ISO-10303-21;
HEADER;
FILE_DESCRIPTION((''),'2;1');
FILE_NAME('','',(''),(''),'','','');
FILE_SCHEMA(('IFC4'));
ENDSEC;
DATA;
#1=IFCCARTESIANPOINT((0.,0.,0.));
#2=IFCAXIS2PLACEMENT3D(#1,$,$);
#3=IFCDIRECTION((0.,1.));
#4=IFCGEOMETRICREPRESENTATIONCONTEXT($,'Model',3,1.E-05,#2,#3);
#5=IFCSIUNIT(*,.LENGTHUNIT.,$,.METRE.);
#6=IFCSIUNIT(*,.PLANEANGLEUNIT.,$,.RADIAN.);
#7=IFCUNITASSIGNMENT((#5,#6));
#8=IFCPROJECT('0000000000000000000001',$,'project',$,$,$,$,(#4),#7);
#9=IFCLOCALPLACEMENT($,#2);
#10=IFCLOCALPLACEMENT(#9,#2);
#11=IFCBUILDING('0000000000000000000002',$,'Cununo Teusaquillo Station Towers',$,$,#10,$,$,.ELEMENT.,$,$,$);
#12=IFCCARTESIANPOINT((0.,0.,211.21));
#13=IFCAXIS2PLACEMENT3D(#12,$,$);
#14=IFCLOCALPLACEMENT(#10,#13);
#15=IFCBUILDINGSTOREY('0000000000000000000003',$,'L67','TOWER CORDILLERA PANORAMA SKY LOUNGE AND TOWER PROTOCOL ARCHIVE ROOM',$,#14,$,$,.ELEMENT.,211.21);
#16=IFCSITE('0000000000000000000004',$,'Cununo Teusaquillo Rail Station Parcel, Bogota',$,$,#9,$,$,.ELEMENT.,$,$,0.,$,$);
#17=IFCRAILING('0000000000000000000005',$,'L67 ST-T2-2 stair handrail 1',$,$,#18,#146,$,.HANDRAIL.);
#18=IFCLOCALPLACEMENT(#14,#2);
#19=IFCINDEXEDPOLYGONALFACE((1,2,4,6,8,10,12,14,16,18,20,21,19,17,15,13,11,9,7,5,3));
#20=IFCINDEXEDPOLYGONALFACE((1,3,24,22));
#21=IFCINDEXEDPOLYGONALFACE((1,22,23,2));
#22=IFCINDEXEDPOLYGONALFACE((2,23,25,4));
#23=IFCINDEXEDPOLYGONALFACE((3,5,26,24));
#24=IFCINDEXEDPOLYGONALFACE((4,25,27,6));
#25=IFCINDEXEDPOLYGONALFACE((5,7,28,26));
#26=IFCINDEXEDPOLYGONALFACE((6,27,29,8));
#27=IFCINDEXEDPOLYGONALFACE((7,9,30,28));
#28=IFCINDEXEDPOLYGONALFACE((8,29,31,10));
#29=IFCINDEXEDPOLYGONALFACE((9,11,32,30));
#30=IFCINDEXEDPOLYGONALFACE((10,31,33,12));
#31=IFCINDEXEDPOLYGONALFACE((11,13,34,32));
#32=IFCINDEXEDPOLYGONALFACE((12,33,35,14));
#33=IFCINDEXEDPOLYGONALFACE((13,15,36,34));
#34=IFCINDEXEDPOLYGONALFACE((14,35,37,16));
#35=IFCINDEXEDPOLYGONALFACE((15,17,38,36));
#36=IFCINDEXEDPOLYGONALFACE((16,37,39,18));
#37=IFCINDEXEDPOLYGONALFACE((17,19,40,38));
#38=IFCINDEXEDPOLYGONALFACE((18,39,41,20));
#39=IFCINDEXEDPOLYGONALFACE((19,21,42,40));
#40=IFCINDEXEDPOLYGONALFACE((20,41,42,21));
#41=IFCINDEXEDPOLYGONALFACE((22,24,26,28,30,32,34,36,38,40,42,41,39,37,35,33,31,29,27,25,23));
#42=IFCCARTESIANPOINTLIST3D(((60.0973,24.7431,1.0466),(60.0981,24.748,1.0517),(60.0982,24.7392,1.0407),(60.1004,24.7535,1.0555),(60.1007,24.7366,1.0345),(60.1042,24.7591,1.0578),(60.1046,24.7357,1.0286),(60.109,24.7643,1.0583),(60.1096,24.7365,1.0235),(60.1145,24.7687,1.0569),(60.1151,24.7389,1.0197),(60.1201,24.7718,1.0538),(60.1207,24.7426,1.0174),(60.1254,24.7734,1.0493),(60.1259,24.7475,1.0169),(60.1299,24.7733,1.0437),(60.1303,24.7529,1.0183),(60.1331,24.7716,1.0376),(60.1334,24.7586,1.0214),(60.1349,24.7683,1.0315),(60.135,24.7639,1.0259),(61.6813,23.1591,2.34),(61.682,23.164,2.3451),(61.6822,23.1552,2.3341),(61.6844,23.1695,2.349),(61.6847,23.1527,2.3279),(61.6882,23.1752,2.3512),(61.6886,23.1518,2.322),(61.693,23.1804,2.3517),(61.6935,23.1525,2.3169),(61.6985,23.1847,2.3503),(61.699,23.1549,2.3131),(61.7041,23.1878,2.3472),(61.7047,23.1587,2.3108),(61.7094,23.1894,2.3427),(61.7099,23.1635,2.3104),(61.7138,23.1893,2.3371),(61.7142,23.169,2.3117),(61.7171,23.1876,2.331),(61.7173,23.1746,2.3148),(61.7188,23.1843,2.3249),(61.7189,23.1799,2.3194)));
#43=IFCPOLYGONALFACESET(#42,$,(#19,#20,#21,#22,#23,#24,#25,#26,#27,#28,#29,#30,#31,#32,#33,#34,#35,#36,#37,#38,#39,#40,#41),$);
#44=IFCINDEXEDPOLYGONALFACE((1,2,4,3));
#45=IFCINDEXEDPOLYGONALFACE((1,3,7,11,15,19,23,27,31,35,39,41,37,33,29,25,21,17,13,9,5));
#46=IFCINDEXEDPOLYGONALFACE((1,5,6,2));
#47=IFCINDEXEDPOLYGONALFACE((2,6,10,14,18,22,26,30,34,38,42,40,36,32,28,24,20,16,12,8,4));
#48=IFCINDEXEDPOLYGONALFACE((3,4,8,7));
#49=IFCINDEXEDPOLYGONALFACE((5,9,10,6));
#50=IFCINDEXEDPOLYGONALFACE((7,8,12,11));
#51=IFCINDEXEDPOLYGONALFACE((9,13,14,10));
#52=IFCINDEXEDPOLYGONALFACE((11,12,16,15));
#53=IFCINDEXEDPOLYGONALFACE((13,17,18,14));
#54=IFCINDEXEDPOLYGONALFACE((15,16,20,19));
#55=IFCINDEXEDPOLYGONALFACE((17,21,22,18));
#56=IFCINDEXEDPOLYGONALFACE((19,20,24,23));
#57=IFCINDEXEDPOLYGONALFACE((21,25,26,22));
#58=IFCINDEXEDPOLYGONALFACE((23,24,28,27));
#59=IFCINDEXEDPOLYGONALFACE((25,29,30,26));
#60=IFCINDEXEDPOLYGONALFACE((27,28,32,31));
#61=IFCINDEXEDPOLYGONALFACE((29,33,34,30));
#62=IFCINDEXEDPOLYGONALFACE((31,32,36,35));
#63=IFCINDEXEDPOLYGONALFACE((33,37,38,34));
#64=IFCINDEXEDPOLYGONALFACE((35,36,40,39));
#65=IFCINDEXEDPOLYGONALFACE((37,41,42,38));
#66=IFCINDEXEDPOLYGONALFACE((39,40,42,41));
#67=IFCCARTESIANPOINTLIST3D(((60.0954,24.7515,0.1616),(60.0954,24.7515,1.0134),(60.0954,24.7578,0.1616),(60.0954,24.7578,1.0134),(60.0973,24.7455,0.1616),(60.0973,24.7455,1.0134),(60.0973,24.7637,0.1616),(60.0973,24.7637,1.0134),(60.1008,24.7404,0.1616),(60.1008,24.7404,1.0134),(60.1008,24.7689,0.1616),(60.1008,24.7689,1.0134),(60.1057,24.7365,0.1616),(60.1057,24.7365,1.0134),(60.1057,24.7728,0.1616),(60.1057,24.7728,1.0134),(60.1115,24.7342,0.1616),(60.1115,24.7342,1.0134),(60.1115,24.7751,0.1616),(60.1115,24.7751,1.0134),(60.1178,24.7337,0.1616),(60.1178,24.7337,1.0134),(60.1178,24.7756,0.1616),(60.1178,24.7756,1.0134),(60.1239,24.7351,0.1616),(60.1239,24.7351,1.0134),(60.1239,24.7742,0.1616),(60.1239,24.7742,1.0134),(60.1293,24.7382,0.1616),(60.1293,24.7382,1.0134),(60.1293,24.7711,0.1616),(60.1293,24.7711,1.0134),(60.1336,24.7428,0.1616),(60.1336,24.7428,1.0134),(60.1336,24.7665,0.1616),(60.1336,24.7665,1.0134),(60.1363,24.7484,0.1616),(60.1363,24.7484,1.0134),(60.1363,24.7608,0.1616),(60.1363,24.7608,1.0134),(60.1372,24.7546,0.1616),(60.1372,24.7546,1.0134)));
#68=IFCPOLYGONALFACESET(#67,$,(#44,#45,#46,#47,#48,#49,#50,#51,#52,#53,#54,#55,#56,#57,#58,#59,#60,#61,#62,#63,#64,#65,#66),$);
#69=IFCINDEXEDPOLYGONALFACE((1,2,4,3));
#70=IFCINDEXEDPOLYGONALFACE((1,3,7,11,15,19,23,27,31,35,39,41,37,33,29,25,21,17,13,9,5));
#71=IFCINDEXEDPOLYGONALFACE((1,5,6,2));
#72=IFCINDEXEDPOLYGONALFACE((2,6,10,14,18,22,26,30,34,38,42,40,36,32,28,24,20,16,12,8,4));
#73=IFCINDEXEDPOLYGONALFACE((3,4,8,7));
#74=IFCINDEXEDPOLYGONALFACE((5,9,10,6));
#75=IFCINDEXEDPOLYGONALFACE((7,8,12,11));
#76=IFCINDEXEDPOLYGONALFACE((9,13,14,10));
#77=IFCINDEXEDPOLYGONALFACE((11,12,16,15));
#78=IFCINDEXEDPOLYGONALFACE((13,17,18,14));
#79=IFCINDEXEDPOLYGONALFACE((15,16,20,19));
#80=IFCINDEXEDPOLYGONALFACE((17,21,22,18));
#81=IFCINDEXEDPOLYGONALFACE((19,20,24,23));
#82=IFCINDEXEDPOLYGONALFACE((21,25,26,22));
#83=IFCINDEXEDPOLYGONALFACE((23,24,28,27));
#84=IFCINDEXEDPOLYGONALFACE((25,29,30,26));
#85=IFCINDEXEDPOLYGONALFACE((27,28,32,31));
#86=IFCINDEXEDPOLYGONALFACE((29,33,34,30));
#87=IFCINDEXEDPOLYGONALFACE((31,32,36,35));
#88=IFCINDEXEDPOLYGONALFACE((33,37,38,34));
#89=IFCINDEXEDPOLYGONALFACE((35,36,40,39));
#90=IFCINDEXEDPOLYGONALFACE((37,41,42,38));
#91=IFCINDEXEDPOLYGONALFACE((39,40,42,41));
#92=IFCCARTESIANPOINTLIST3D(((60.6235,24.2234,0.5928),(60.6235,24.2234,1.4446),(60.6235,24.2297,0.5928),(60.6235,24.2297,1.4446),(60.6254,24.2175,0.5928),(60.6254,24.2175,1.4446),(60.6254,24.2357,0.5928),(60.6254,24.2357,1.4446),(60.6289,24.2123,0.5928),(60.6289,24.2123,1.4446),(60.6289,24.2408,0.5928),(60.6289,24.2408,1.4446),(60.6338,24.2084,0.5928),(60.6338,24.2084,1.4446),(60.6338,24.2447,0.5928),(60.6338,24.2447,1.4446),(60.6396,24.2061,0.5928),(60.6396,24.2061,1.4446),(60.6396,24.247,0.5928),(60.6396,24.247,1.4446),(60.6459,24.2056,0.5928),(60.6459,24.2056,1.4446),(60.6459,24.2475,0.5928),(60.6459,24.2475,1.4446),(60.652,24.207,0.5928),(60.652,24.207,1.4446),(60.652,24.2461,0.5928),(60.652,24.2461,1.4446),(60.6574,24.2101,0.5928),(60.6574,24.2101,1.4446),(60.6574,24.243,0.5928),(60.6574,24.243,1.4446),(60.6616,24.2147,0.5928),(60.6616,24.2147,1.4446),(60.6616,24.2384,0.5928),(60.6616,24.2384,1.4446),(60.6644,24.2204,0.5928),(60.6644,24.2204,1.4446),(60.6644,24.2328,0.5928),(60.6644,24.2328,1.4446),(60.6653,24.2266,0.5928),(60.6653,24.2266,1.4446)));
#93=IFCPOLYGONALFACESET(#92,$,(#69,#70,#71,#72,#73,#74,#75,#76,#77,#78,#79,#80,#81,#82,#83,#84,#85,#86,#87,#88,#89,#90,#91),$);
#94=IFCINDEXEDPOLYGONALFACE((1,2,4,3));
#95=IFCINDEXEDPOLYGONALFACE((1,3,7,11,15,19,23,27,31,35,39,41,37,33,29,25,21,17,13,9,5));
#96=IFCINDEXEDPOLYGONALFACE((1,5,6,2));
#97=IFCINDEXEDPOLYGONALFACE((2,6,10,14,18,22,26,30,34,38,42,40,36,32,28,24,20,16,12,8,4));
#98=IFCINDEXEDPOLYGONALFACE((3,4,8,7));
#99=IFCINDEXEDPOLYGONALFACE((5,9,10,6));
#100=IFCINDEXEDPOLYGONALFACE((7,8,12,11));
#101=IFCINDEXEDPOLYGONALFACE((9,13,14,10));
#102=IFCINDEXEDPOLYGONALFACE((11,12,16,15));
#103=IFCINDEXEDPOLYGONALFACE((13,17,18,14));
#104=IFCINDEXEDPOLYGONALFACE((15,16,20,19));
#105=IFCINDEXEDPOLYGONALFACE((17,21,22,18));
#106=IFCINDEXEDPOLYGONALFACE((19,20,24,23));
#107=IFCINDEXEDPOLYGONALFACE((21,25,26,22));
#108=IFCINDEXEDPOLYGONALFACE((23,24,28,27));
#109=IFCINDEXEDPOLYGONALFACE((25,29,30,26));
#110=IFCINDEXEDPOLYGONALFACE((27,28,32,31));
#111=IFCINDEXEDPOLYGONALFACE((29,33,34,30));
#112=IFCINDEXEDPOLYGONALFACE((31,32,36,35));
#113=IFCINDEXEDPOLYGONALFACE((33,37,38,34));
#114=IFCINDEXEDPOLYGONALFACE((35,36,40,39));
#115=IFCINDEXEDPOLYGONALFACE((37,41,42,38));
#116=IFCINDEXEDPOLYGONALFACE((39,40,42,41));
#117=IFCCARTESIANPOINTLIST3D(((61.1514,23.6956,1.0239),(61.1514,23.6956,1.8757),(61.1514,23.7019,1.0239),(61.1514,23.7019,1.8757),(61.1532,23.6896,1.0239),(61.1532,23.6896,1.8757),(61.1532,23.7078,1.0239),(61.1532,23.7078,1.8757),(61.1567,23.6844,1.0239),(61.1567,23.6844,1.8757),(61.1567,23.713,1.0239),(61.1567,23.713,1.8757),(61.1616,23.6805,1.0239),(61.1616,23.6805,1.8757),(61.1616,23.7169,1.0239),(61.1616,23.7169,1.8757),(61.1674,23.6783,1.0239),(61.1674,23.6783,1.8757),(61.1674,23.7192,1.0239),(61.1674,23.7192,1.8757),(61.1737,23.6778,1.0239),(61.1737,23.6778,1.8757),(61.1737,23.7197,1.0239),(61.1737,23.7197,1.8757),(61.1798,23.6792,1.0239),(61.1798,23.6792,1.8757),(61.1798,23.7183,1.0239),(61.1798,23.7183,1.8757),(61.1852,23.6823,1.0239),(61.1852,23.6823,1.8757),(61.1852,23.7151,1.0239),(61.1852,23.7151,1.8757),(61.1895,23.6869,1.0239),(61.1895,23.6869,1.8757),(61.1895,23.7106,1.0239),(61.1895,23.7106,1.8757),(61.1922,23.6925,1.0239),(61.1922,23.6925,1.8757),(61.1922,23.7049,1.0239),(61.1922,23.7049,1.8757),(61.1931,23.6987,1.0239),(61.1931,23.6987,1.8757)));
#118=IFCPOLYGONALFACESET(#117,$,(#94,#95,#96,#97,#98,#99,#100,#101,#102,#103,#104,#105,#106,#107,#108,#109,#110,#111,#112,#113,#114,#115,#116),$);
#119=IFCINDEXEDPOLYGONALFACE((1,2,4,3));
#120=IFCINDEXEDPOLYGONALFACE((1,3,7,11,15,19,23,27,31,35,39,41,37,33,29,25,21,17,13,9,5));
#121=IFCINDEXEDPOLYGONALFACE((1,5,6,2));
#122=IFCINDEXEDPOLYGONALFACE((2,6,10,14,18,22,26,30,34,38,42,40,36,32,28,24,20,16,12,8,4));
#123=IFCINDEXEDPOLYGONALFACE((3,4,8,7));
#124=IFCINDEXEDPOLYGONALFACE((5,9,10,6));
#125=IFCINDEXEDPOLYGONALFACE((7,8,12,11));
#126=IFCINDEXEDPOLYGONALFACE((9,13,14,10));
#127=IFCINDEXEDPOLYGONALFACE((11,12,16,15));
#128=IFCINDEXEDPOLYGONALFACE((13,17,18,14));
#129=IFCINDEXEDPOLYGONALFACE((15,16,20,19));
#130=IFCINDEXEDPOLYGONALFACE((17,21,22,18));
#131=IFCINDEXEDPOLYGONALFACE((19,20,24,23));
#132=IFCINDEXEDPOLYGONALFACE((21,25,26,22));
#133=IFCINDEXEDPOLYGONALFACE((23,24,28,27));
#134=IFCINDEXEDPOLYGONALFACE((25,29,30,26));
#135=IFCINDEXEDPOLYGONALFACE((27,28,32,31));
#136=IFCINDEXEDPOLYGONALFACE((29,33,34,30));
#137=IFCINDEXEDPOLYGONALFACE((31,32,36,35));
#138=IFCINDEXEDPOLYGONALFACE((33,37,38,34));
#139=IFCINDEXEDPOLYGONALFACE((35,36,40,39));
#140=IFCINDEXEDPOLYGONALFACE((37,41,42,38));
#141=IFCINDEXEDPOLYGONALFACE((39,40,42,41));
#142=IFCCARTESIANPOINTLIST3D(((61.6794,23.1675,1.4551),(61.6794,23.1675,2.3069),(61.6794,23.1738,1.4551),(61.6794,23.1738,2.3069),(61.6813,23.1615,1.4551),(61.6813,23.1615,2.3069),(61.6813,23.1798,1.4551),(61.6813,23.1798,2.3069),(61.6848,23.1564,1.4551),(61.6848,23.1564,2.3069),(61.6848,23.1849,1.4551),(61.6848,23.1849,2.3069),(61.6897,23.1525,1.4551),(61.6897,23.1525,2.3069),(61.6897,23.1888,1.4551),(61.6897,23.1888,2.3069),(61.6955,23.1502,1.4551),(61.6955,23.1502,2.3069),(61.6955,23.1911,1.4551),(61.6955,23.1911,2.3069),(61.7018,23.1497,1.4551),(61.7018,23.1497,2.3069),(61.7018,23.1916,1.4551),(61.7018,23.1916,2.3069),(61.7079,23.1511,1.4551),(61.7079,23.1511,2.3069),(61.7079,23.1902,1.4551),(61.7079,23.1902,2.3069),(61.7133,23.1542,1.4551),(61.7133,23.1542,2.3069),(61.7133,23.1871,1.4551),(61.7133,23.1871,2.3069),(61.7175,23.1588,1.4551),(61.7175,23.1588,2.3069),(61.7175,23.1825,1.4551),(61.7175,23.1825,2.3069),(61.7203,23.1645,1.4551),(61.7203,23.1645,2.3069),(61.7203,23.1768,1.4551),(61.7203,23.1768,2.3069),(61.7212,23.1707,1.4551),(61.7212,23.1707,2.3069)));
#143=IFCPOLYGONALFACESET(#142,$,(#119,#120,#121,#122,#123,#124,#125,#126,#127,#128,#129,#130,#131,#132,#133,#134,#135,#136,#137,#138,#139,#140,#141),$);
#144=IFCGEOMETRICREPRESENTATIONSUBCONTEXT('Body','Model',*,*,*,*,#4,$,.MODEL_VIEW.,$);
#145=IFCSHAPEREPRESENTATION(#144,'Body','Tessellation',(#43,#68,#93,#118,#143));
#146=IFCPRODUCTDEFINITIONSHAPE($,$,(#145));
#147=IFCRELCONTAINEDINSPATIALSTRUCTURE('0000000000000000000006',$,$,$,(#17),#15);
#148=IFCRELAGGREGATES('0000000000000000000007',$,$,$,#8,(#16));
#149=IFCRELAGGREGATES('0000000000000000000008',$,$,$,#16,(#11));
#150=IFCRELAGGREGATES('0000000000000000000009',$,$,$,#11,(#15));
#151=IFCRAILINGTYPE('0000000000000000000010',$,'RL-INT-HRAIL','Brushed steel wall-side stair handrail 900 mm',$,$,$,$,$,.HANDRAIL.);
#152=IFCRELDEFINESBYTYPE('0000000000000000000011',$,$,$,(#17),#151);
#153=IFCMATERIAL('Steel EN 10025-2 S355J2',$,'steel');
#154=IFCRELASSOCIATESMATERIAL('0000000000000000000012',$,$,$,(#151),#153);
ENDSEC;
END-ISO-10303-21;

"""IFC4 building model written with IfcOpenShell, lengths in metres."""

from ifc_helpers import new_model, si_unit, direction, frame, origin, origin_2d, place, context, subcontext, project, spatial, circle, extrude, material, type_object, element, save


model = new_model("IFC4")

# Units and contexts
model_context = context("Model", 3, precision=1e-05, world=origin(), true_north=direction((0.0, 1.0)))
body_context = subcontext(model_context, "Body", "Model", "MODEL_VIEW")
ifc_project = project(units=[si_unit("LENGTHUNIT", "METRE"), si_unit("PLANEANGLEUNIT", "RADIAN")], contexts=[model_context])

# Site, building, storey
site_placement = place(None, origin())
site = spatial("IfcSite", under=ifc_project, at=site_placement, Name="Cununo Teusaquillo Rail Station Parcel, Bogota", CompositionType="ELEMENT", RefElevation=0.0)
building_placement = place(site_placement, origin())
building = spatial("IfcBuilding", under=site, at=building_placement, Name="Cununo Teusaquillo Station Towers", CompositionType="ELEMENT")
storey_placement = place(building_placement, frame((0.0, 0.0, 211.21)))
storey = spatial("IfcBuildingStorey", under=building, at=storey_placement, Name="L67", Description="TOWER CORDILLERA PANORAMA SKY LOUNGE AND TOWER PROTOCOL ARCHIVE ROOM", CompositionType="ELEMENT", Elevation=211.21)

# Railing
ifc_material_1 = material(Name="Steel EN 10025-2 S355J2", Category="steel")
railing_type_1 = type_object("IfcRailingType", Name="RL-INT-HRAIL", Description="Brushed steel wall-side stair handrail 900 mm", PredefinedType="HANDRAIL", material=ifc_material_1)
railing_1_placement = place(storey_placement, frame((60.1162, 24.7546, 0.1616)))
element("IfcRailing", 1, at=railing_1_placement, inside=storey, type_object=railing_type_1, Name="L67 ST-T2-2 stair handrail 1", PredefinedType="HANDRAIL", context=body_context, shape_type="SweptSolid", body=[
    extrude(circle(Radius=0.0239, at=origin_2d()), frame((0.0, 0.0, 0.876), z_axis=(0.612356, -0.612356, 0.50004), x_axis=(0.707107, 0.707107, 0.0)), (0.0, 0.0, 1.0), 2.5867),
    extrude(circle(Radius=0.021, at=origin_2d()), origin(), (0.0, 0.0, 1.0), 0.8518),
    extrude(circle(Radius=0.021, at=origin_2d()), frame((0.5281, -0.5281, 0.4312)), (0.0, 0.0, 1.0), 0.8518),
    extrude(circle(Radius=0.021, at=origin_2d()), frame((1.0559, -1.0559, 0.8623)), (0.0, 0.0, 1.0), 0.8518),
    extrude(circle(Radius=0.021, at=origin_2d()), frame((1.584, -1.584, 1.2935)), (0.0, 0.0, 1.0), 0.8518),
])

save(model, "model.ifc")
